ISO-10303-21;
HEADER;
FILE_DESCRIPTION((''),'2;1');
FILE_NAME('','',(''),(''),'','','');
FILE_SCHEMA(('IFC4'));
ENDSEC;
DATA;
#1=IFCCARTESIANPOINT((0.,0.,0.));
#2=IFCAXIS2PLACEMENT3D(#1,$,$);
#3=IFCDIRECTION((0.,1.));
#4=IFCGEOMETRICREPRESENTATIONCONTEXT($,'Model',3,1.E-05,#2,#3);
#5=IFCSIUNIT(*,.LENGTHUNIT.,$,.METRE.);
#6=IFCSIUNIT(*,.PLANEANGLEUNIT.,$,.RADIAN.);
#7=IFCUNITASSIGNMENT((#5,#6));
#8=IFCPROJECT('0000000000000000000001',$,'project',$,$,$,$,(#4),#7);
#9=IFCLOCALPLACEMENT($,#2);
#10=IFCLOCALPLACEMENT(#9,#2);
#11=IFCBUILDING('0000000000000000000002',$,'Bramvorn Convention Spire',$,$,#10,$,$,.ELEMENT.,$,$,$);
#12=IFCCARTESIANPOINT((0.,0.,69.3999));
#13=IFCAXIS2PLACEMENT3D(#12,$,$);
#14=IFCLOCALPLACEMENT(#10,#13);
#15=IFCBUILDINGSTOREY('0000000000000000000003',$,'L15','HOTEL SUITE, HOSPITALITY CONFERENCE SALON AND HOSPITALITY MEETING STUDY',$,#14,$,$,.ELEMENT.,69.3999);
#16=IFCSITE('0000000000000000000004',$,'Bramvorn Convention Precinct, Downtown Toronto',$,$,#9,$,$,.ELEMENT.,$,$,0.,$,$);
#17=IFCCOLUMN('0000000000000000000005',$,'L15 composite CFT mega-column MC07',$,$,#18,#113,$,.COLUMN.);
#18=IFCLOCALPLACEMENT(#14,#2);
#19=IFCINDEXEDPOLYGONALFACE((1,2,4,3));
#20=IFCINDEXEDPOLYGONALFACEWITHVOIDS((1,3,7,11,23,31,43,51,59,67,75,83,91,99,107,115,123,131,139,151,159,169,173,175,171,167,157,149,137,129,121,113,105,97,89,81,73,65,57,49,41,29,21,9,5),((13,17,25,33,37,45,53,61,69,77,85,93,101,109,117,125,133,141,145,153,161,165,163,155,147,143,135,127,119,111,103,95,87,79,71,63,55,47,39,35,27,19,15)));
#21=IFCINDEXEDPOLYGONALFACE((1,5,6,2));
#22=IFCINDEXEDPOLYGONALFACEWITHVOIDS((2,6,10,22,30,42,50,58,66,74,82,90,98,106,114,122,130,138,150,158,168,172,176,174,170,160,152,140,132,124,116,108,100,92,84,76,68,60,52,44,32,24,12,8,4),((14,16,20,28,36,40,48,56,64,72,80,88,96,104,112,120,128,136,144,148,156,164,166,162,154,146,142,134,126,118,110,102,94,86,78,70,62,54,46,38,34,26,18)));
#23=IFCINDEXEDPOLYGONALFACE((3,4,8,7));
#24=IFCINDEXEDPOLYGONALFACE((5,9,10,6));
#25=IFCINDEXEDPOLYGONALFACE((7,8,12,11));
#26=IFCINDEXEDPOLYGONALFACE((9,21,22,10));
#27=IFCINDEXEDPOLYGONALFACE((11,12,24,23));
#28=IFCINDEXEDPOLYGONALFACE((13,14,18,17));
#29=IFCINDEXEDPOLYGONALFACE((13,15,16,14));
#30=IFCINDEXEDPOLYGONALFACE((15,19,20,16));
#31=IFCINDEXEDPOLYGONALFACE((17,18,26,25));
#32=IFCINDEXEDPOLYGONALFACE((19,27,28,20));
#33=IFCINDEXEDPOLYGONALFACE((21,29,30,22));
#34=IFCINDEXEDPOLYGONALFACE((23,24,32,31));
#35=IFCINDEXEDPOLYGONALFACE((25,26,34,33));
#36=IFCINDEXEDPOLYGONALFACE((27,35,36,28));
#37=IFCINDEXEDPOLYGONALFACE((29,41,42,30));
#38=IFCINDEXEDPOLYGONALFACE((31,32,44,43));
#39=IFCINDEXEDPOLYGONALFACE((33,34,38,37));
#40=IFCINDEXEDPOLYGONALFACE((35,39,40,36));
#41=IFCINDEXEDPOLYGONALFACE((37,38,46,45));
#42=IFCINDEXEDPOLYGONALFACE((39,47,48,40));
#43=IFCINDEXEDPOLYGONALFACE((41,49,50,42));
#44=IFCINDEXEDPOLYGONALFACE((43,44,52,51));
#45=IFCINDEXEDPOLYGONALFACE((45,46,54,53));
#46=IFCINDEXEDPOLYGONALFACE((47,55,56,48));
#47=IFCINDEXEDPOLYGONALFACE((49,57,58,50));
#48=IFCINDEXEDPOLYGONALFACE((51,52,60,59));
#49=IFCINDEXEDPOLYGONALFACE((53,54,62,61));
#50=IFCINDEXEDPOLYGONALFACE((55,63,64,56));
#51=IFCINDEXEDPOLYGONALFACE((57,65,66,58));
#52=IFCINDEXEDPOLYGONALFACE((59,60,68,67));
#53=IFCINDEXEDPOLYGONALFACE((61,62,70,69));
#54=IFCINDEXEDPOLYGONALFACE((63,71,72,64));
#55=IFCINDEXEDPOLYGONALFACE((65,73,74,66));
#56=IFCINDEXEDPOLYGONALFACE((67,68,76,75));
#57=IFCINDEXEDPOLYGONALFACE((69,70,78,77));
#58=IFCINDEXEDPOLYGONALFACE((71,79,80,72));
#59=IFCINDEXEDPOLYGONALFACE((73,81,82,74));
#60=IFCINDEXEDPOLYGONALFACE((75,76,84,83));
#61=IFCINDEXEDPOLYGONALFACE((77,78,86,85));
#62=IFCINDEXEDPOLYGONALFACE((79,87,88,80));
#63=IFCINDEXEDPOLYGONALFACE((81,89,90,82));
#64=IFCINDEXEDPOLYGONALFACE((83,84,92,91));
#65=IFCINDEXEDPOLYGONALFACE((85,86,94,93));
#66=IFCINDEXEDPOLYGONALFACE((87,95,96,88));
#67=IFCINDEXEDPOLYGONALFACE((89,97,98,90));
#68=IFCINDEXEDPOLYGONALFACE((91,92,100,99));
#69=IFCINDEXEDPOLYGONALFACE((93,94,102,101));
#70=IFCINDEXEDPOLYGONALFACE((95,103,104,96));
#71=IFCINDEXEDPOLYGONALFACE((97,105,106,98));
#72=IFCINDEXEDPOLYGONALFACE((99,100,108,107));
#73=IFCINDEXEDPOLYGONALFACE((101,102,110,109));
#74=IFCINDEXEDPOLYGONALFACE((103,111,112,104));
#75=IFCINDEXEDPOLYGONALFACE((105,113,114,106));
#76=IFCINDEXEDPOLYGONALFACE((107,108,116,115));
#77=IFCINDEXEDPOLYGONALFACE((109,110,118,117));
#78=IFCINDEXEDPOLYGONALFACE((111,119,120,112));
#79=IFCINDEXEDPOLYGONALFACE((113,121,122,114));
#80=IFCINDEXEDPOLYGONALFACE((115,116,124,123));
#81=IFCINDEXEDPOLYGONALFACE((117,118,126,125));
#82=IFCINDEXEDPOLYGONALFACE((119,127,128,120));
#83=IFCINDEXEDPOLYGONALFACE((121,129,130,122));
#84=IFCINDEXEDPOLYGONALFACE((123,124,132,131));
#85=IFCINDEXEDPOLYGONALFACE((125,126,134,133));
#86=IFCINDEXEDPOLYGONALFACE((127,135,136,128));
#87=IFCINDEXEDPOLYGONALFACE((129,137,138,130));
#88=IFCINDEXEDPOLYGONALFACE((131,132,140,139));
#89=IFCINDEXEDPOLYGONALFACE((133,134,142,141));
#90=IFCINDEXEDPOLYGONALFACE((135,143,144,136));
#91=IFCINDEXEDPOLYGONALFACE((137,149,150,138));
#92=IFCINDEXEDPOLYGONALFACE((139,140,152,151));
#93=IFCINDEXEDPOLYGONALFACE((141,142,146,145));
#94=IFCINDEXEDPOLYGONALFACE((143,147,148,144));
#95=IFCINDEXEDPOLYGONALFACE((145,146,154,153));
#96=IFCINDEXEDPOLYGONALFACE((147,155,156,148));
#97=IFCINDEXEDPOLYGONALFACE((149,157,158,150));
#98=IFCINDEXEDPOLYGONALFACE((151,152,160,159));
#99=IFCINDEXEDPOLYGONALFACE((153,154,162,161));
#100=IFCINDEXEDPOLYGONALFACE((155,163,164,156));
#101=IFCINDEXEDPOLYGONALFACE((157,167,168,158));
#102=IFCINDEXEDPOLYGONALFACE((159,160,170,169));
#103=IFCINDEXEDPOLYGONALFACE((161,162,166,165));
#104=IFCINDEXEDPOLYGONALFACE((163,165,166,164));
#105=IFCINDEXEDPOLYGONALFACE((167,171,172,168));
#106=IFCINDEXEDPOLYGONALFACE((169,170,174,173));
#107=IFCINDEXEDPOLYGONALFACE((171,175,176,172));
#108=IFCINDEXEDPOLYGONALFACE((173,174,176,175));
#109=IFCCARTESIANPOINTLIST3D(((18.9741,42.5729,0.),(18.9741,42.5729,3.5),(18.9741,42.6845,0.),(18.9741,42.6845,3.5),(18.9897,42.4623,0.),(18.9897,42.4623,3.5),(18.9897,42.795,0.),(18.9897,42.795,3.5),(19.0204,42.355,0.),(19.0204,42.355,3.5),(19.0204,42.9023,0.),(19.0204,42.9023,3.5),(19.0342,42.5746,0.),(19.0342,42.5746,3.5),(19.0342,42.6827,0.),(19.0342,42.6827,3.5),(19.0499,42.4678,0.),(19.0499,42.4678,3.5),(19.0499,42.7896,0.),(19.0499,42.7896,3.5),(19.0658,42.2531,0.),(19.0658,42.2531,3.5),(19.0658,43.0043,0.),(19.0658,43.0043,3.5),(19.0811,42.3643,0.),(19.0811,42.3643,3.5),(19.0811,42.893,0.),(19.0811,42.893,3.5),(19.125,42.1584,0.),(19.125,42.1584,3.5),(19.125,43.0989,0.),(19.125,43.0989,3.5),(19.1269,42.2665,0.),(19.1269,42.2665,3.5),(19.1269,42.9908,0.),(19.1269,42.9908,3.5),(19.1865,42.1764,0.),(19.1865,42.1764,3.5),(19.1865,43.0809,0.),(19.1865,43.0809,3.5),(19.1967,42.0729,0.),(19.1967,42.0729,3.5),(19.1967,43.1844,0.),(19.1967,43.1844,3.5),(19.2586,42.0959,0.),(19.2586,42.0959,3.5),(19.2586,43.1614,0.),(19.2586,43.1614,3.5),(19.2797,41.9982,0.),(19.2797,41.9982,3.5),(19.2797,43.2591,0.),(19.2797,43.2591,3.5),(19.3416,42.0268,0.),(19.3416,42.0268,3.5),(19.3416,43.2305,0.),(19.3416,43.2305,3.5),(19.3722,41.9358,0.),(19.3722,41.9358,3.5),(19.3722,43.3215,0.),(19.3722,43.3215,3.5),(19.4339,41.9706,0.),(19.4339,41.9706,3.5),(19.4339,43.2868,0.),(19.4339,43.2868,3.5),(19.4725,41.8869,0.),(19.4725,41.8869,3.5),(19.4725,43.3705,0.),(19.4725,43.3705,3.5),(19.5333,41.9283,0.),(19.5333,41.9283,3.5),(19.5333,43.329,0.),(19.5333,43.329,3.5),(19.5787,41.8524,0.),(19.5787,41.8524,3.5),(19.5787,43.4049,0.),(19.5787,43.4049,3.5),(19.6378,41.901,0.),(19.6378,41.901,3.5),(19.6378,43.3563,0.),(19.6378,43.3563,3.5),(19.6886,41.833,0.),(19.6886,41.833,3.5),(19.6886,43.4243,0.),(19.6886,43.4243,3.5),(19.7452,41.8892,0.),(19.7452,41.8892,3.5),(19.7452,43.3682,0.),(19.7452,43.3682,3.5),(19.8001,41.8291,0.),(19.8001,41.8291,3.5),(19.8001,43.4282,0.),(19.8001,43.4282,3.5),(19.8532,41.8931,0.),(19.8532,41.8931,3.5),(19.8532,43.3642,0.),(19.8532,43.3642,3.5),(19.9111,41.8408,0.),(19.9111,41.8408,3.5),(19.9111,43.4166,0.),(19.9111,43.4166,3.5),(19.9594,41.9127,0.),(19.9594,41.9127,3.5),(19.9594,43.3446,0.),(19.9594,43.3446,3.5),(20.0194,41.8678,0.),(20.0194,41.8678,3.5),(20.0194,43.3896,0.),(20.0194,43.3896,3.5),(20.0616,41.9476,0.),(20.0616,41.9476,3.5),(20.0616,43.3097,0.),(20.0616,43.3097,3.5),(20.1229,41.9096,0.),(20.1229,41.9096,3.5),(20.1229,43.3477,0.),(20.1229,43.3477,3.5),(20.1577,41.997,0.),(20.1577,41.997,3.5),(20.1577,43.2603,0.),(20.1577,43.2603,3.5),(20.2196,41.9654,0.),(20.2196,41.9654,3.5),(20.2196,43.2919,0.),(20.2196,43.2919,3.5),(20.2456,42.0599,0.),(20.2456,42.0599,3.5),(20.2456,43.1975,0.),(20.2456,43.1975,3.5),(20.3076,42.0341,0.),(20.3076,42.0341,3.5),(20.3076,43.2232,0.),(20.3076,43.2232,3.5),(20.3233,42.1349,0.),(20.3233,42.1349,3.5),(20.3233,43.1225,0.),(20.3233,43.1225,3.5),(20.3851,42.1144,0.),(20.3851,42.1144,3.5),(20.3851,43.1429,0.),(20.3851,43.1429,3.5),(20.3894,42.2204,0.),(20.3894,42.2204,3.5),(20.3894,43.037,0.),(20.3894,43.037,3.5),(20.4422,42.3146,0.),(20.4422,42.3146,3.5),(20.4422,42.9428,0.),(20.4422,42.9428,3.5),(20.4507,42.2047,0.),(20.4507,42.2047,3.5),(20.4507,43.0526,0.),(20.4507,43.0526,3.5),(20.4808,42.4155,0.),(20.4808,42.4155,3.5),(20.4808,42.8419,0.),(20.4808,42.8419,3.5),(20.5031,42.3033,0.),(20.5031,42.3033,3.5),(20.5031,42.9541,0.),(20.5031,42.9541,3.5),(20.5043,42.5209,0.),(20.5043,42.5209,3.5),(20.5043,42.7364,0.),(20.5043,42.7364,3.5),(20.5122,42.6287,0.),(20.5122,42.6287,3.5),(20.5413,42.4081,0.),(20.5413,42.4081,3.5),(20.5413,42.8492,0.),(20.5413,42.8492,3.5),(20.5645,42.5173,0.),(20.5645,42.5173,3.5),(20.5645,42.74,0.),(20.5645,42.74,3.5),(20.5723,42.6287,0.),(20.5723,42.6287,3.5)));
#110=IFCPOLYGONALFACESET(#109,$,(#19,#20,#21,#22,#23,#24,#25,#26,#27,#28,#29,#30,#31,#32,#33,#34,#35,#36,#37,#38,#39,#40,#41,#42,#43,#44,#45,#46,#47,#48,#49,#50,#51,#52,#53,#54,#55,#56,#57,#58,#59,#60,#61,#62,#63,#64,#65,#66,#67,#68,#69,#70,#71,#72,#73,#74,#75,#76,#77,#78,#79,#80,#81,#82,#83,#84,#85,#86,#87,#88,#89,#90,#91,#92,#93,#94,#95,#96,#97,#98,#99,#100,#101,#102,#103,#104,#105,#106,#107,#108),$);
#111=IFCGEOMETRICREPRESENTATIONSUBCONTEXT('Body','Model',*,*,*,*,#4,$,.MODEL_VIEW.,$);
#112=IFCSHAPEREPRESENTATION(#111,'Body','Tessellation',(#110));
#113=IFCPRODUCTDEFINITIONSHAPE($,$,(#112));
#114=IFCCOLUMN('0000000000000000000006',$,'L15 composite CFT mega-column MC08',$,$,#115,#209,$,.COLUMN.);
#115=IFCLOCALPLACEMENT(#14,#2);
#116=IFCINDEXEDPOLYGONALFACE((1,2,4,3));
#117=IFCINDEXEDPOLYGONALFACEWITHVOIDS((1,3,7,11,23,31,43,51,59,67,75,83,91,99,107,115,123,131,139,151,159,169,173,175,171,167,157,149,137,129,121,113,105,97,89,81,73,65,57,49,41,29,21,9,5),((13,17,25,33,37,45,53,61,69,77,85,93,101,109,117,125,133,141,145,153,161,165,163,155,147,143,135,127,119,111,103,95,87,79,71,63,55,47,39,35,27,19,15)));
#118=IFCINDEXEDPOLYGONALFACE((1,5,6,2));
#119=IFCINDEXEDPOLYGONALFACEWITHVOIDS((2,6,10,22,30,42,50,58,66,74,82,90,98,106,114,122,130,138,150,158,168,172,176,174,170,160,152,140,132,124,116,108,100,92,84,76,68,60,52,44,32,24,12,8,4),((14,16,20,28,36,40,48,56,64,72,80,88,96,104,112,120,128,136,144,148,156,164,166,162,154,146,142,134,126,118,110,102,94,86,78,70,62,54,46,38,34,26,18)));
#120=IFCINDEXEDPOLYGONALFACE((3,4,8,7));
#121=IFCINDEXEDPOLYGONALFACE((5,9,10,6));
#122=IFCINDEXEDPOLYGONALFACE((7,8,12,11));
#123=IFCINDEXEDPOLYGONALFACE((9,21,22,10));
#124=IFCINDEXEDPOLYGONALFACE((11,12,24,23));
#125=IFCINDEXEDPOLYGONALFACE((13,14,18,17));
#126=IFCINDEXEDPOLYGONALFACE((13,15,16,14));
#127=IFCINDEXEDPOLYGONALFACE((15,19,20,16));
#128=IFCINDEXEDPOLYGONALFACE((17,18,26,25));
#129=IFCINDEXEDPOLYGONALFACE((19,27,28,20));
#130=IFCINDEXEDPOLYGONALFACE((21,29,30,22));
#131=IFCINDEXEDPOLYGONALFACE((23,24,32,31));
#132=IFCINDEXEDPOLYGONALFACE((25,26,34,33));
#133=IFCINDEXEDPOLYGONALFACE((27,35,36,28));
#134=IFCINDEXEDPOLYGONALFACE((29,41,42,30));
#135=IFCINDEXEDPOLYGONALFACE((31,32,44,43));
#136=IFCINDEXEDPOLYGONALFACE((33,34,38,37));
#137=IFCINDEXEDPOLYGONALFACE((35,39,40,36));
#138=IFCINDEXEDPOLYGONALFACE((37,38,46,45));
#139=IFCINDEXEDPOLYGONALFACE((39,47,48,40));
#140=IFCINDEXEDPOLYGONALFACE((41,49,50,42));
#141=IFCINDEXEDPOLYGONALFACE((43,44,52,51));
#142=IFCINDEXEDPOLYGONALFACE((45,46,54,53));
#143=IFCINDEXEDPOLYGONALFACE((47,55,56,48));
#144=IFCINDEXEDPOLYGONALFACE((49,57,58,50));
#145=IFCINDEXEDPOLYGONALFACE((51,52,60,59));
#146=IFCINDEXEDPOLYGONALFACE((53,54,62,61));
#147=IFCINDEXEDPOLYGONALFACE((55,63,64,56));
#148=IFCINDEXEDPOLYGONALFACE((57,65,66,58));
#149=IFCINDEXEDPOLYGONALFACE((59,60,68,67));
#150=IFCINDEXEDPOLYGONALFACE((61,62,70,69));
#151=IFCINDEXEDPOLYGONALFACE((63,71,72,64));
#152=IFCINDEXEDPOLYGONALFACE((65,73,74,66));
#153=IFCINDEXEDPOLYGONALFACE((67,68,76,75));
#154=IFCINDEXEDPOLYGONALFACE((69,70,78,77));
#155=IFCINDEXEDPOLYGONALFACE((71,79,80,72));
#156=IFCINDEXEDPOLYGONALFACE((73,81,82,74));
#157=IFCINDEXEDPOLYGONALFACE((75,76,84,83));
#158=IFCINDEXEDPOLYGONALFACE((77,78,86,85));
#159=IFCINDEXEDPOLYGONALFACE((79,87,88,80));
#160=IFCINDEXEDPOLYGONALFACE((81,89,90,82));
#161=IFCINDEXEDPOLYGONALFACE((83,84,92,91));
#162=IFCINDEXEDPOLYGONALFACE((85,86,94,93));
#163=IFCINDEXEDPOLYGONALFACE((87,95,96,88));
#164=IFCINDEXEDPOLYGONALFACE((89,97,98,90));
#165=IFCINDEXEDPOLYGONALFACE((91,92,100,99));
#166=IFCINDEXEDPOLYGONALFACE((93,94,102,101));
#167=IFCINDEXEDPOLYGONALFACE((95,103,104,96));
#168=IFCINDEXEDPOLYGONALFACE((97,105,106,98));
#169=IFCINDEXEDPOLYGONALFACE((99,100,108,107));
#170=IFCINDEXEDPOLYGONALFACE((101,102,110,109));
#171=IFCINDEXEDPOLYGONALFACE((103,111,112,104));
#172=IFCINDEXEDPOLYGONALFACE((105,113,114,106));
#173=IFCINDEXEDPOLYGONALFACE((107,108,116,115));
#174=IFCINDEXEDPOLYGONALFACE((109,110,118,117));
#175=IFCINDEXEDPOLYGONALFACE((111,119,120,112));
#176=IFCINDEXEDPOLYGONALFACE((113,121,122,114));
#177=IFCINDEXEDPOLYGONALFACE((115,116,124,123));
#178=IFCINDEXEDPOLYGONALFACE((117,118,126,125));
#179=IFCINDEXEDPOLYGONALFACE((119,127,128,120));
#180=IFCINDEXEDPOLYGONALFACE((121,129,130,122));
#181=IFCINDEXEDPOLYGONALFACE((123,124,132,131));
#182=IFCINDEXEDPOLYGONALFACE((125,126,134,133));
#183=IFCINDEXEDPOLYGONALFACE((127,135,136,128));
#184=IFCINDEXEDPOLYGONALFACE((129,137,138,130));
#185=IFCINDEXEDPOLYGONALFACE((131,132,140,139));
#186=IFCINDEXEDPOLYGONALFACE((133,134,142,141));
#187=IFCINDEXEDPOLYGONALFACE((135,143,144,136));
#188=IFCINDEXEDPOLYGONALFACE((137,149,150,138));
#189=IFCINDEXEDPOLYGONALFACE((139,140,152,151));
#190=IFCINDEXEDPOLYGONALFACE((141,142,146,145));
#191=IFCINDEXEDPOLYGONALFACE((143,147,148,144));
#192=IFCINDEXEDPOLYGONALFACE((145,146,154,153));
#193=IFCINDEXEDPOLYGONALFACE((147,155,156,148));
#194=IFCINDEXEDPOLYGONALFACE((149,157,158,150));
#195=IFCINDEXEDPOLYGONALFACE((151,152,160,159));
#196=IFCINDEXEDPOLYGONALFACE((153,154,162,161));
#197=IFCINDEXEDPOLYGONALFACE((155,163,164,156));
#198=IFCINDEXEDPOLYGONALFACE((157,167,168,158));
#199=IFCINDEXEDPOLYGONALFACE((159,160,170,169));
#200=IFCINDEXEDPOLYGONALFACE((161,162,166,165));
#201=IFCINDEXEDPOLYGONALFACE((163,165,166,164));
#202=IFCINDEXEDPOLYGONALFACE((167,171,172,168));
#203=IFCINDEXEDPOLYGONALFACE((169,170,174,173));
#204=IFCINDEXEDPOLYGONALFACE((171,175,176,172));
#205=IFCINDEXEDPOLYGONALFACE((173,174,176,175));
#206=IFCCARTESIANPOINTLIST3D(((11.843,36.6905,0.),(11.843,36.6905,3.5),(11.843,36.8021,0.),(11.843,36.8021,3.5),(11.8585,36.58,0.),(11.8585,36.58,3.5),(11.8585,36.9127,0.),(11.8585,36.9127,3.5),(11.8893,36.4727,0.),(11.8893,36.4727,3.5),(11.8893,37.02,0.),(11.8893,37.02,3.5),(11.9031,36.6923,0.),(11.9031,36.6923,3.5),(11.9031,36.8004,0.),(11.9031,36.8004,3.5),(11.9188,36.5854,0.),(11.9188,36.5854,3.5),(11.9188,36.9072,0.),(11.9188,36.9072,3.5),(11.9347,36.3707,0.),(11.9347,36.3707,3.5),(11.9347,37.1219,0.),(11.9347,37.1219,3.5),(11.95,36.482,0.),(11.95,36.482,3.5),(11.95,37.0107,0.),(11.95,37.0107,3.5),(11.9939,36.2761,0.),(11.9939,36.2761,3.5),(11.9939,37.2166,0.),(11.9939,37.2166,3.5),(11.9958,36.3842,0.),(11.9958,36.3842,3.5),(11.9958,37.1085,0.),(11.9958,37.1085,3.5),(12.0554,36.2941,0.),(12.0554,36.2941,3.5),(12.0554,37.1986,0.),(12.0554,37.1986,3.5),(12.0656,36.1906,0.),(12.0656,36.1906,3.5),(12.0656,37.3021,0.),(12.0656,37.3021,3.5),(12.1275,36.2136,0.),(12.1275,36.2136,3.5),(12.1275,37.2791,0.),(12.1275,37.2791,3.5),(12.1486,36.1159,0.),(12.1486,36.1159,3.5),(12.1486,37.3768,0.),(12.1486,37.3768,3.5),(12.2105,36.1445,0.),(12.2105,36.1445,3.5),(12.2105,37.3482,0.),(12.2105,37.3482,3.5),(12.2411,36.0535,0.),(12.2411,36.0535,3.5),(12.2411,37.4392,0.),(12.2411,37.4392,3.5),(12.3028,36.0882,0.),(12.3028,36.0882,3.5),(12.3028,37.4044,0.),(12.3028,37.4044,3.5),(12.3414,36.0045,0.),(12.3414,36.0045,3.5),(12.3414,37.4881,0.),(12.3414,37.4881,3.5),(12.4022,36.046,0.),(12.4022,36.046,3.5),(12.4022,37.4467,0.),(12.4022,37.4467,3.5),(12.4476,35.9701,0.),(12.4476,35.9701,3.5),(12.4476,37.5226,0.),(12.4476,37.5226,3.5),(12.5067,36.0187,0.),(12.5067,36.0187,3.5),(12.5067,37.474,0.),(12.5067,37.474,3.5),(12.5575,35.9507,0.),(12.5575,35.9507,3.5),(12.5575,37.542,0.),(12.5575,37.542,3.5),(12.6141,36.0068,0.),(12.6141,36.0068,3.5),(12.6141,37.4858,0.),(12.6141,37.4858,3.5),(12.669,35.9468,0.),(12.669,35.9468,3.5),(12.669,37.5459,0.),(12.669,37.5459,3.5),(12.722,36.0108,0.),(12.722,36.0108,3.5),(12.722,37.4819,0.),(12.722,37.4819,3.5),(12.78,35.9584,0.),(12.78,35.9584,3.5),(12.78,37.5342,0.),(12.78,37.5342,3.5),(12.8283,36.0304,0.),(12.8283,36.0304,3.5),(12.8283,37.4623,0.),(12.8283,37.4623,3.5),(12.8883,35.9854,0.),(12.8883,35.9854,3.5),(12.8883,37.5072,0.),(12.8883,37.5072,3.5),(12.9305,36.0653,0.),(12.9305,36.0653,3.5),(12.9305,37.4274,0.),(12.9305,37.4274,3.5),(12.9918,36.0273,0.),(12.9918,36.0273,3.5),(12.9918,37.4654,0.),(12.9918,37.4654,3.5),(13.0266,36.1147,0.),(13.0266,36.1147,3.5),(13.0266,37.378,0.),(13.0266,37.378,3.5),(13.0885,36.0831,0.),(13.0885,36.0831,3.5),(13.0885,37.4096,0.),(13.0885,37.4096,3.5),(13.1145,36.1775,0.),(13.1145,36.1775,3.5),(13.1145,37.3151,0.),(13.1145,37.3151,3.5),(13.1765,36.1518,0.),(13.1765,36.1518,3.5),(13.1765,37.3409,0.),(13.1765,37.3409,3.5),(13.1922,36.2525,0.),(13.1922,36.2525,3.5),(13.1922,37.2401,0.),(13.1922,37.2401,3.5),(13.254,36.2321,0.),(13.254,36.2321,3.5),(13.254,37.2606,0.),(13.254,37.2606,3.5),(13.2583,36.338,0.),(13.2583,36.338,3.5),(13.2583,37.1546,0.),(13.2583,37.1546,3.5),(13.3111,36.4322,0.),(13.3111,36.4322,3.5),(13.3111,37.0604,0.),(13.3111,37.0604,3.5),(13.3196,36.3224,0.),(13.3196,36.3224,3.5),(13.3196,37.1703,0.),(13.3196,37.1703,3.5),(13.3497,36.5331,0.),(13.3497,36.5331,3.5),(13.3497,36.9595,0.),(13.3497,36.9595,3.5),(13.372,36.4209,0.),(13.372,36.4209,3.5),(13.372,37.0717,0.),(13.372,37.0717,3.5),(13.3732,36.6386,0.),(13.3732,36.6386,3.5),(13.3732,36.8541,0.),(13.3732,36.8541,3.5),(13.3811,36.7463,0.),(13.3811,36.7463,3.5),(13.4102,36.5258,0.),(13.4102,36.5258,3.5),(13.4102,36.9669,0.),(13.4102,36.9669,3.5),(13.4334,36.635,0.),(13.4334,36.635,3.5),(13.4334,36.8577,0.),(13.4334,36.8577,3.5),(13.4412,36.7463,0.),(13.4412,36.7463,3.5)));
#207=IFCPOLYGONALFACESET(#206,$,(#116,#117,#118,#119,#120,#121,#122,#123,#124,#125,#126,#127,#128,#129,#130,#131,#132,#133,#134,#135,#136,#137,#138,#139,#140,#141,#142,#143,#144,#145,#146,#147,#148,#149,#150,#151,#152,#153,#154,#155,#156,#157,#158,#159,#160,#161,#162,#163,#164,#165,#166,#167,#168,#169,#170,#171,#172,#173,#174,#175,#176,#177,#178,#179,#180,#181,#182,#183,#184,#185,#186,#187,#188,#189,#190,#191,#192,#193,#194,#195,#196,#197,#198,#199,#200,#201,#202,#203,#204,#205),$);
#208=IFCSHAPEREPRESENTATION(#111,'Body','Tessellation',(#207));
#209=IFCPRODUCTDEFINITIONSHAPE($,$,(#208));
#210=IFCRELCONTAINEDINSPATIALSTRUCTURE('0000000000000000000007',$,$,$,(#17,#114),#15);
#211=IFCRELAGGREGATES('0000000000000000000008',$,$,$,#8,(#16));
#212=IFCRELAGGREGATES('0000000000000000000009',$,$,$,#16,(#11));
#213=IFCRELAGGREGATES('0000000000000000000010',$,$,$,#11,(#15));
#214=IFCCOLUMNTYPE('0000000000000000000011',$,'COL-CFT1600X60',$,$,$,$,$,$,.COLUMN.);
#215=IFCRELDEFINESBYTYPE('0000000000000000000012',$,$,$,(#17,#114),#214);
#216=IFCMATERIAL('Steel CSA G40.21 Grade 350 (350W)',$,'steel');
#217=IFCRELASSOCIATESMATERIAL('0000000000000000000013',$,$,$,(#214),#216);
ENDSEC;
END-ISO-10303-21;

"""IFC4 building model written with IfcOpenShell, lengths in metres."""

from ifc_helpers import new_model, si_unit, direction, frame, origin, origin_2d, place, context, subcontext, project, spatial, hollow_circle, extrude, material, material_profile, profile_set, type_object, element, save


model = new_model("IFC4")

# Units and contexts
model_context = context("Model", 3, precision=1e-05, world=origin(), true_north=direction((0.0, 1.0)))
body_context = subcontext(model_context, "Body", "Model", "MODEL_VIEW")
ifc_project = project(units=[si_unit("LENGTHUNIT", "METRE"), si_unit("PLANEANGLEUNIT", "RADIAN")], contexts=[model_context])

# Site, building, storey
site_placement = place(None, origin())
site = spatial("IfcSite", under=ifc_project, at=site_placement, Name="Bramvorn Convention Precinct, Downtown Toronto", CompositionType="ELEMENT", RefElevation=0.0)
building_placement = place(site_placement, origin())
building = spatial("IfcBuilding", under=site, at=building_placement, Name="Bramvorn Convention Spire", CompositionType="ELEMENT")
storey_placement = place(building_placement, frame((0.0, 0.0, 69.3999)))
storey = spatial("IfcBuildingStorey", under=building, at=storey_placement, Name="L15", Description="HOTEL SUITE, HOSPITALITY CONFERENCE SALON AND HOSPITALITY MEETING STUDY", CompositionType="ELEMENT", Elevation=69.3999)

# Columns
ifc_material_1 = material(Name="Steel CSA G40.21 Grade 350 (350W)", Category="steel")
ifc_material_profile_1 = material_profile(ifc_material_1, hollow_circle(Radius=0.8, WallThickness=0.0601, at=origin_2d()))
ifc_profile_set_1 = profile_set([ifc_material_profile_1], Name="Steel CSA G40.21 Grade 350 (350W) - CFT1600X60")
column_type = type_object("IfcColumnType", Name="COL-CFT1600X60", PredefinedType="COLUMN", material=ifc_profile_set_1)
for number, where, z_axis, x_axis, name in (
    (1, (19.7722, 42.6287, 0.0), (0.0, 0.0, 1.0), (1.0, 0.0, 0.0), "L15 composite CFT mega-column MC07"),
    (2, (12.6411, 36.7463, 0.0), (0.0, 0.0, 1.0), (1.0, 0.0, 0.0), "L15 composite CFT mega-column MC08"),
):
    element("IfcColumn", number, at=place(storey_placement, frame(where, z_axis=z_axis, x_axis=x_axis)), inside=storey, type_object=column_type, Name=name, PredefinedType="COLUMN", context=body_context, shape_type="SweptSolid", body=[
        extrude(hollow_circle(Radius=0.8, WallThickness=0.0601, at=origin_2d()), origin(), (0.0, 0.0, 1.0), 3.5),
    ])

save(model, "model.ifc")
